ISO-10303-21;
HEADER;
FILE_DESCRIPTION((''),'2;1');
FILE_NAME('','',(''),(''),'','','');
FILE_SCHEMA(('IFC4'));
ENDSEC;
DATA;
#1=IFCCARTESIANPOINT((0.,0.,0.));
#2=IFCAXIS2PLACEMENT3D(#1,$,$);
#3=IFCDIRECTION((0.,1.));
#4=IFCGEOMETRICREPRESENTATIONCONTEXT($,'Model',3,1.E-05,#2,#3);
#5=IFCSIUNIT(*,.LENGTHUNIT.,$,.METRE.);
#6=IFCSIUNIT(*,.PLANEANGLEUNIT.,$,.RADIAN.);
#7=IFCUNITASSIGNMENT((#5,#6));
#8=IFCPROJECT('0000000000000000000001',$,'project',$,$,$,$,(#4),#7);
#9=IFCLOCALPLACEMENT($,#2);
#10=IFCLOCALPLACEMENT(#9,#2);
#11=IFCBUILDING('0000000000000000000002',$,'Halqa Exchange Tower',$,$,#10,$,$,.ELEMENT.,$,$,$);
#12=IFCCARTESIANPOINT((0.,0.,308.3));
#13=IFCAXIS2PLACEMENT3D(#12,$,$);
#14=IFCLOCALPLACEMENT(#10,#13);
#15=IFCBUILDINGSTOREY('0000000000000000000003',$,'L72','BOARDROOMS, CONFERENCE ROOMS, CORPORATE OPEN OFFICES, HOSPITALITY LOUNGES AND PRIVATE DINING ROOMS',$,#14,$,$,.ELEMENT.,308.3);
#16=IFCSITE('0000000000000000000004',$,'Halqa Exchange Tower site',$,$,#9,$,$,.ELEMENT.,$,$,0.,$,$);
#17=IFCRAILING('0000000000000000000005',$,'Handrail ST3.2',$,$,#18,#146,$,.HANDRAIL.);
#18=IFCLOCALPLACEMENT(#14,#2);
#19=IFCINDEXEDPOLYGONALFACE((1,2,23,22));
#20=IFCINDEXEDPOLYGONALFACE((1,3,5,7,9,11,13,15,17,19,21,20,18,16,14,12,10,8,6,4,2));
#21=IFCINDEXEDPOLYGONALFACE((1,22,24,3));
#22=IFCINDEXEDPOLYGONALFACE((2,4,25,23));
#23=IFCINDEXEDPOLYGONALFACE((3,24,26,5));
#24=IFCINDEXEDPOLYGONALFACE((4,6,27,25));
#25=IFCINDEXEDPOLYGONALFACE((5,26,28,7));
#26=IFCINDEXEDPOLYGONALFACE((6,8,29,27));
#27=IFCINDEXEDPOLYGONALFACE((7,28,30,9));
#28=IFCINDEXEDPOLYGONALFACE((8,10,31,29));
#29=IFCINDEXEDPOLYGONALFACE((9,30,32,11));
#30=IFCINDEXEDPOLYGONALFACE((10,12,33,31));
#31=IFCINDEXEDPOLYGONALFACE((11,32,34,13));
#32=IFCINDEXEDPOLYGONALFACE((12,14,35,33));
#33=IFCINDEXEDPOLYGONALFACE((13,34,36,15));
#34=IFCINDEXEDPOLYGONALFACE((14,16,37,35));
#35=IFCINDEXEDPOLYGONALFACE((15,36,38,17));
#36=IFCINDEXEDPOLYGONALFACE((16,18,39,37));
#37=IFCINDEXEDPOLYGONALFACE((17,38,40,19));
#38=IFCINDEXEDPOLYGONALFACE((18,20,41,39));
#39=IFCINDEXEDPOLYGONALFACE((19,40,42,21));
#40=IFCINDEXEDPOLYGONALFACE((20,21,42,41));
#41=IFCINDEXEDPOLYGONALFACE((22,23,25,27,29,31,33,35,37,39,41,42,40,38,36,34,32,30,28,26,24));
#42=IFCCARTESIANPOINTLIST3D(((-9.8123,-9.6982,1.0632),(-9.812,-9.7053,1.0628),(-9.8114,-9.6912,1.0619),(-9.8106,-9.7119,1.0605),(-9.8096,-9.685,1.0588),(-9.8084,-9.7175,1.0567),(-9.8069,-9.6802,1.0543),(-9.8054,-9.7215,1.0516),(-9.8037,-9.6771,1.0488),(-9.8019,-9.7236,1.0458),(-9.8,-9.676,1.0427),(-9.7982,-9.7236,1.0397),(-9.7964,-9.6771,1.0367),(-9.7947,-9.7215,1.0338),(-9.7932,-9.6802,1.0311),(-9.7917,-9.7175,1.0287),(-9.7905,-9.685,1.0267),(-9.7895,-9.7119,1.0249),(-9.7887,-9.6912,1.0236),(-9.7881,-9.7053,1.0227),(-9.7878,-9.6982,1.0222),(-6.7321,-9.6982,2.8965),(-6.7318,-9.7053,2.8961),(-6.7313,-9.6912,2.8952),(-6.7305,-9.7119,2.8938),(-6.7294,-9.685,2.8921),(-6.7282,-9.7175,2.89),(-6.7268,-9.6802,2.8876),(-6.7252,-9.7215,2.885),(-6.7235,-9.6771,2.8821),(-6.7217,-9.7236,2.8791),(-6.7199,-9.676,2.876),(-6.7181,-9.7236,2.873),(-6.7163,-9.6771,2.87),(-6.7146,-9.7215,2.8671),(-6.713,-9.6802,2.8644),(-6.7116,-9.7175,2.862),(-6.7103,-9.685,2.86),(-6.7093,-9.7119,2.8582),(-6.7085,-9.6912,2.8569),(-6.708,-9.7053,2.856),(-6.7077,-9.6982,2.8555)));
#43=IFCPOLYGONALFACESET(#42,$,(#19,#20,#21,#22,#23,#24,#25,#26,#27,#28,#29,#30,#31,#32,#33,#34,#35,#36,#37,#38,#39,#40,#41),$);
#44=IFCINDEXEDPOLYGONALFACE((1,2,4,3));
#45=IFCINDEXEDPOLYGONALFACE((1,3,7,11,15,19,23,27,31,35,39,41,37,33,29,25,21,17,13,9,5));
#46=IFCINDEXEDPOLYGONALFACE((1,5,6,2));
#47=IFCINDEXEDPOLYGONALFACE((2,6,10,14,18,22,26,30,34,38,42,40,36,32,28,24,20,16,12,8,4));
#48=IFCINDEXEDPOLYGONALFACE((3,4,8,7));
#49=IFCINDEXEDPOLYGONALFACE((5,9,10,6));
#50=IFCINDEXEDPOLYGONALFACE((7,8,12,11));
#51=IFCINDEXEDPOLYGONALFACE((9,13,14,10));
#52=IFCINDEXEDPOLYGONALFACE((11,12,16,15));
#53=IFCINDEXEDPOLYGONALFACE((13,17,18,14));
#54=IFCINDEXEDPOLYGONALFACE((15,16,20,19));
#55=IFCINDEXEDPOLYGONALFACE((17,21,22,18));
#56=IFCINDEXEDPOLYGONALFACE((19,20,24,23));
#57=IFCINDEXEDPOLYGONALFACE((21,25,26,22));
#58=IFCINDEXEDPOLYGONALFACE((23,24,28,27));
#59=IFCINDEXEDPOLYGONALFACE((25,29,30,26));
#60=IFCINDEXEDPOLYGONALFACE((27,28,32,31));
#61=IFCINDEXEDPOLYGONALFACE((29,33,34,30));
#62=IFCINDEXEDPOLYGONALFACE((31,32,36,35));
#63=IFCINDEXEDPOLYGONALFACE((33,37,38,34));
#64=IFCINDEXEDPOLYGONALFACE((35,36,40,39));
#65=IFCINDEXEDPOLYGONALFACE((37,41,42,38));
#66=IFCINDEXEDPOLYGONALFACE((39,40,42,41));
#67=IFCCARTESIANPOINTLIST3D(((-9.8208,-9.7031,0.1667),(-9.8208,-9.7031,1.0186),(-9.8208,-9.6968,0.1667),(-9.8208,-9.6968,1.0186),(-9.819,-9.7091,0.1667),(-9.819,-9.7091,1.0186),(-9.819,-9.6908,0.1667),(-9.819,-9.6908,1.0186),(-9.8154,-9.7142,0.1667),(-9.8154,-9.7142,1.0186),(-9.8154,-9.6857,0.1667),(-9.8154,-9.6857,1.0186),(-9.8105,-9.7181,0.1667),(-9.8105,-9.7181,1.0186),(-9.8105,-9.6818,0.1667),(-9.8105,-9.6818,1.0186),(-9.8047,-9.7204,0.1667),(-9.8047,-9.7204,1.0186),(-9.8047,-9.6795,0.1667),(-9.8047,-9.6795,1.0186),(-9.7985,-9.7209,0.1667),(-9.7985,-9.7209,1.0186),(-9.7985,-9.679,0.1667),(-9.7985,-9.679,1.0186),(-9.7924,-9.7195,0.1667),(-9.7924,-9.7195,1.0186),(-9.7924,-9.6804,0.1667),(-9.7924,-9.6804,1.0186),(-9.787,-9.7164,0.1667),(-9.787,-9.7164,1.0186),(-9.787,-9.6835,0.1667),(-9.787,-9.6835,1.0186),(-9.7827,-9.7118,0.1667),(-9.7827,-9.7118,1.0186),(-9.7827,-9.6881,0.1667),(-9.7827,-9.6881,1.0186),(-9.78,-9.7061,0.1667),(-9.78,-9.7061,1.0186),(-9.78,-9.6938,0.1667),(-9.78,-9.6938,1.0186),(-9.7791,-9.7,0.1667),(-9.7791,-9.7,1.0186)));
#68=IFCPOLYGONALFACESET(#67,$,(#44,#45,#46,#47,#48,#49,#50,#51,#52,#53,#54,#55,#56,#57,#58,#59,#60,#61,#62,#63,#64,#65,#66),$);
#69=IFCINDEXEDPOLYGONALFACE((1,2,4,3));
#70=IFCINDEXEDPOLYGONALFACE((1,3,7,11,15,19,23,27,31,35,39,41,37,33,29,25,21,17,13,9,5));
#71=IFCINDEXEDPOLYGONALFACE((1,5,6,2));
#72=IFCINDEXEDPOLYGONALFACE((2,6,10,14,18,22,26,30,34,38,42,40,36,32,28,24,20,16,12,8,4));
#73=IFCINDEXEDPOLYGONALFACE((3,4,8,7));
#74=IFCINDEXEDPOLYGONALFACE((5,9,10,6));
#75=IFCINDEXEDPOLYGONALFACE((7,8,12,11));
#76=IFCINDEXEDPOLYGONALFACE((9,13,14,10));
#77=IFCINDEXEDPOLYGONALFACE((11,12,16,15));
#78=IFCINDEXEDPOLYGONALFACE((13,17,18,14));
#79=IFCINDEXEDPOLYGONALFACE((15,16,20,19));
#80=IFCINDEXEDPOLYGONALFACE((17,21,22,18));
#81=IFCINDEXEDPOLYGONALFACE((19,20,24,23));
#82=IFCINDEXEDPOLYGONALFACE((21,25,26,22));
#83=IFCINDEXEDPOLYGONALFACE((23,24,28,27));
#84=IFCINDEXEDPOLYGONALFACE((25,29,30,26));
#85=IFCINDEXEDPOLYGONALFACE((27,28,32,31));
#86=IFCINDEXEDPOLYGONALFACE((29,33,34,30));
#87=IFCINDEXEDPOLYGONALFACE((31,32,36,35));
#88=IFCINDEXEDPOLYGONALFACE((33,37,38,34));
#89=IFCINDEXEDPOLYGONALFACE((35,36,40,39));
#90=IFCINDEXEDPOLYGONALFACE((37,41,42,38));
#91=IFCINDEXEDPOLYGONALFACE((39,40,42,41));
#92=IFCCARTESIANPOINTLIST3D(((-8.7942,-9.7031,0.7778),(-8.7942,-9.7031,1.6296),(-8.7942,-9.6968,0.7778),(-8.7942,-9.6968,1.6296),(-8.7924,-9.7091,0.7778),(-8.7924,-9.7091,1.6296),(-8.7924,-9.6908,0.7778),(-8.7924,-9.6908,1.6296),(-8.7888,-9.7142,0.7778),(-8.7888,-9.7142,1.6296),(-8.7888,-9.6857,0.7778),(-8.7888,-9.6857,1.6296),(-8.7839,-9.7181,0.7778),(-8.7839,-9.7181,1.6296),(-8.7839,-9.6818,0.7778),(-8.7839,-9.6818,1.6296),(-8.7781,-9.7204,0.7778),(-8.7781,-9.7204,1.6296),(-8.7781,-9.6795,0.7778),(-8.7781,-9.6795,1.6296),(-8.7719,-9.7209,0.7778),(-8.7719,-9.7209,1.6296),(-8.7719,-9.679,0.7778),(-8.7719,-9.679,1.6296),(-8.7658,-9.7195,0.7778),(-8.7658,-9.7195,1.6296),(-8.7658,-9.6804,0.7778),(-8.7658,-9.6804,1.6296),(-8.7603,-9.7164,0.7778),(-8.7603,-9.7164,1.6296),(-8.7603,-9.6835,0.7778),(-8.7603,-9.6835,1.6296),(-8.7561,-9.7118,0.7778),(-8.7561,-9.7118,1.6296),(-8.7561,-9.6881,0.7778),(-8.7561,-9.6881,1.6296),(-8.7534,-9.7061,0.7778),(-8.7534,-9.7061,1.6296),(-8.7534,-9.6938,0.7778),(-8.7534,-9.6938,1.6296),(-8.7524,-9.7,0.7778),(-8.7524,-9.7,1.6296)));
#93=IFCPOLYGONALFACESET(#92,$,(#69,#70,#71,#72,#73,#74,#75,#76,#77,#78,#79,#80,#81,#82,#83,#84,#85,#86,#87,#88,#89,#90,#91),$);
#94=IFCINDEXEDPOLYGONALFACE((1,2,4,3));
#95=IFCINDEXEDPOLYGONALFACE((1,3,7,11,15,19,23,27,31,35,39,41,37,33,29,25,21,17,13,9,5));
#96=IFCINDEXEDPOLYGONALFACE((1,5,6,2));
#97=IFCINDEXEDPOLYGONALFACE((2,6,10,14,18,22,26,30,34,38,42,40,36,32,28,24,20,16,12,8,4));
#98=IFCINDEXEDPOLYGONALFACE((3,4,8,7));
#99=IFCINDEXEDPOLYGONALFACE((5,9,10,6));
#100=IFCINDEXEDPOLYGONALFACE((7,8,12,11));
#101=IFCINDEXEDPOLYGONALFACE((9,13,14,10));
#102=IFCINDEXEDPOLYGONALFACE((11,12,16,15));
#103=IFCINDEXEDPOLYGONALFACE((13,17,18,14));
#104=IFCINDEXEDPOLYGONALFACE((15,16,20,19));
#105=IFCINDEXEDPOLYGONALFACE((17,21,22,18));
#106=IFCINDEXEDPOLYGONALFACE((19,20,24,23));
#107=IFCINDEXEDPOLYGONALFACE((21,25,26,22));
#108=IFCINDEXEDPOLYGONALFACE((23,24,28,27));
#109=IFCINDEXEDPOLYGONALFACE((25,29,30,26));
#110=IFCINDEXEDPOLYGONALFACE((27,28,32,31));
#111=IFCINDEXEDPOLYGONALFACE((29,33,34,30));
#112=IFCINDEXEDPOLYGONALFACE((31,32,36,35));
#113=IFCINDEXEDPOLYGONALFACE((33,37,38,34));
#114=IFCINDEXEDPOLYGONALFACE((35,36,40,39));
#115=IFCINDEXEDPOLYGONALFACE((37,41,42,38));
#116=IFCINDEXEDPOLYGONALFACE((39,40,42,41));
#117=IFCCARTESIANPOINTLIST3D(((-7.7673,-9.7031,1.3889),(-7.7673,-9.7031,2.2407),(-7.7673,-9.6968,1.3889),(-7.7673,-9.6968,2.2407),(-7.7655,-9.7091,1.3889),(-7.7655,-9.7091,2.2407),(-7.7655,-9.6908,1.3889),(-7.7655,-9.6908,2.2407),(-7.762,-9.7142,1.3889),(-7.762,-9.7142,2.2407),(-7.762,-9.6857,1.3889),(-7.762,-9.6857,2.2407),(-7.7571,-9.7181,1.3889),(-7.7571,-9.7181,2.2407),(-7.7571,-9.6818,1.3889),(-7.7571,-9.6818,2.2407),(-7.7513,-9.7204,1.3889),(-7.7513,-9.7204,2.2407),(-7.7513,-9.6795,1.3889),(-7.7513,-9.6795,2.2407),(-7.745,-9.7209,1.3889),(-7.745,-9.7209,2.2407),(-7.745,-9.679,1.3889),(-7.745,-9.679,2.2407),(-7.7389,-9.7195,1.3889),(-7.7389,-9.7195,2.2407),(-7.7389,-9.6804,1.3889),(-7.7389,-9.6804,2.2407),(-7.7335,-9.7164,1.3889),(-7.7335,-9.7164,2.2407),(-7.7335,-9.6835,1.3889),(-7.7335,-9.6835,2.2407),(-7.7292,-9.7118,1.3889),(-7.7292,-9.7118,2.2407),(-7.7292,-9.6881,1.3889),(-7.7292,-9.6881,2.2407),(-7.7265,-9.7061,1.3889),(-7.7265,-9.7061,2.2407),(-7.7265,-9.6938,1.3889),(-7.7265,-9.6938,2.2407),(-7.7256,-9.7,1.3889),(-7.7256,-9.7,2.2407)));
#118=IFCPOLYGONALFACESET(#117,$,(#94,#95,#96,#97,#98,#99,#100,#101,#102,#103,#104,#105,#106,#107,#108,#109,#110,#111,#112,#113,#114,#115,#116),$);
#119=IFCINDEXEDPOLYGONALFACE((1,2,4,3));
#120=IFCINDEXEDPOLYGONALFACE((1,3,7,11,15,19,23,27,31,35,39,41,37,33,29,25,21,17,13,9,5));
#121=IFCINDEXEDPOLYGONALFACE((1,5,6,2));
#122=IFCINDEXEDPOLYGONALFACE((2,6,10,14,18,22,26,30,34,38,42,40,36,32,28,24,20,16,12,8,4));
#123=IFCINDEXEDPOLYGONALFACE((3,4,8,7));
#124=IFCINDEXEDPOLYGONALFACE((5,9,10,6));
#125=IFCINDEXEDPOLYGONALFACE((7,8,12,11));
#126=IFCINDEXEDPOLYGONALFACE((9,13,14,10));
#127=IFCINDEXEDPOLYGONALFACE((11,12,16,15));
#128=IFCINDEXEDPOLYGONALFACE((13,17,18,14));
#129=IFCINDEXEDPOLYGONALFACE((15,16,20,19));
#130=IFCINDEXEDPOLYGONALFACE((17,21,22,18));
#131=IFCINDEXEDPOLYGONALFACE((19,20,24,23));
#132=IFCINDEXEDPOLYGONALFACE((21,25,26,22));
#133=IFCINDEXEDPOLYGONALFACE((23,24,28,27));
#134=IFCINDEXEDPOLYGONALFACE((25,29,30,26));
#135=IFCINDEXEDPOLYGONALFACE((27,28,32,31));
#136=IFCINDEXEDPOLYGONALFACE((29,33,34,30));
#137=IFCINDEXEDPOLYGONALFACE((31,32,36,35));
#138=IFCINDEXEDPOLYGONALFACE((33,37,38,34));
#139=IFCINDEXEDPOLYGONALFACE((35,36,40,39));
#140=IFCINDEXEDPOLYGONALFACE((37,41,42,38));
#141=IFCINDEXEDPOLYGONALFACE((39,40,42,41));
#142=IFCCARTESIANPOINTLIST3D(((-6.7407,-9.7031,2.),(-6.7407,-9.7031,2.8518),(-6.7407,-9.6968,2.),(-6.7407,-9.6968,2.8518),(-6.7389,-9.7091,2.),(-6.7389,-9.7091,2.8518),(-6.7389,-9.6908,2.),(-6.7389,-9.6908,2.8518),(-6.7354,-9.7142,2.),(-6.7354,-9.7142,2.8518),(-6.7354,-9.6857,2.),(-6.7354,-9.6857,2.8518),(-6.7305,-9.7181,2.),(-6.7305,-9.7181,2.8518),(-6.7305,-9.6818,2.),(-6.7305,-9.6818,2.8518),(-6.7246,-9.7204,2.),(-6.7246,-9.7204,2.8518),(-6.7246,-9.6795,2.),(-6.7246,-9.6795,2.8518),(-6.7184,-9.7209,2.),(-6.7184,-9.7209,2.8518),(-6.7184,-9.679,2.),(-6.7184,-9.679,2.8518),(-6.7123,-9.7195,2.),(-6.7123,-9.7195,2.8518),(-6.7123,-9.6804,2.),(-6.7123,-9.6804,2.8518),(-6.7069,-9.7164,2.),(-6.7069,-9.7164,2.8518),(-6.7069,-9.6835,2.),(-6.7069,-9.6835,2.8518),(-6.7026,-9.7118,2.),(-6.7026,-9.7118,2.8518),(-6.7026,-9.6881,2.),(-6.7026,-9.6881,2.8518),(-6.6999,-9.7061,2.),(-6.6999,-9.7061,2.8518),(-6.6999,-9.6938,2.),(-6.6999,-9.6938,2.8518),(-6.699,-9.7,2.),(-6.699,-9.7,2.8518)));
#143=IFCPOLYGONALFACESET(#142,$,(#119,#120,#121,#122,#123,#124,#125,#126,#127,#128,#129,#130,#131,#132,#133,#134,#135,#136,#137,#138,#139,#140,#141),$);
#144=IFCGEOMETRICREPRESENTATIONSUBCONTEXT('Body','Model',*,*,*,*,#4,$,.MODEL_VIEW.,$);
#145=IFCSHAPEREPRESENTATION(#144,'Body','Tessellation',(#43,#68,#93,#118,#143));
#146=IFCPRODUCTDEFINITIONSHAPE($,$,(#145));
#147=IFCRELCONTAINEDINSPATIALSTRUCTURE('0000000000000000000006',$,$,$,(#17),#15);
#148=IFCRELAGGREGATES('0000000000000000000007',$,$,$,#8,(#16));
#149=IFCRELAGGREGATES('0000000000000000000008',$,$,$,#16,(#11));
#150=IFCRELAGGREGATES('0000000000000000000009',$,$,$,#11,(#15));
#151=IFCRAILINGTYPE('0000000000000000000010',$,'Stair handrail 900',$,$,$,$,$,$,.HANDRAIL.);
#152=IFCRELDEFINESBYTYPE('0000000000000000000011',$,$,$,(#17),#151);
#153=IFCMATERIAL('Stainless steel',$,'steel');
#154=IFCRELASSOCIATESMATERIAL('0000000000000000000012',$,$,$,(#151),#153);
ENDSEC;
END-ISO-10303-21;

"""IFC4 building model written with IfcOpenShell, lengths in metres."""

from ifc_helpers import new_model, si_unit, direction, frame, origin, origin_2d, place, context, subcontext, project, spatial, circle, extrude, material, type_object, element, save


model = new_model("IFC4")

# Units and contexts
model_context = context("Model", 3, precision=1e-05, world=origin(), true_north=direction((0.0, 1.0)))
body_context = subcontext(model_context, "Body", "Model", "MODEL_VIEW")
ifc_project = project(units=[si_unit("LENGTHUNIT", "METRE"), si_unit("PLANEANGLEUNIT", "RADIAN")], contexts=[model_context])

# Site, building, storey
site_placement = place(None, origin())
site = spatial("IfcSite", under=ifc_project, at=site_placement, Name="Halqa Exchange Tower site", CompositionType="ELEMENT", RefElevation=0.0)
building_placement = place(site_placement, origin())
building = spatial("IfcBuilding", under=site, at=building_placement, Name="Halqa Exchange Tower", CompositionType="ELEMENT")
storey_placement = place(building_placement, frame((0.0, 0.0, 308.3)))
storey = spatial("IfcBuildingStorey", under=building, at=storey_placement, Name="L72", Description="BOARDROOMS, CONFERENCE ROOMS, CORPORATE OPEN OFFICES, HOSPITALITY LOUNGES AND PRIVATE DINING ROOMS", CompositionType="ELEMENT", Elevation=308.3)

# Shared definitions
ifc_material_1 = material(Name="Stainless steel", Category="steel")

# Railing
railing_type_1 = type_object("IfcRailingType", Name="Stair handrail 900", PredefinedType="HANDRAIL", material=ifc_material_1)
railing_1_placement = place(storey_placement, frame((-9.8, -9.7, 0.1667)))
element("IfcRailing", 1, at=railing_1_placement, inside=storey, type_object=railing_type_1, Name="Handrail ST3.2", PredefinedType="HANDRAIL", context=body_context, shape_type="SweptSolid", body=[
    extrude(circle(Radius=0.0239, at=origin_2d()), frame((0.0, 0.0, 0.876), z_axis=(0.859309, 0.0, 0.511458), x_axis=(0.0, 1.0, 0.0)), (0.0, 0.0, 1.0), 3.5845),
    extrude(circle(Radius=0.021, at=origin_2d()), origin(), (0.0, 0.0, 1.0), 0.8518),
    extrude(circle(Radius=0.021, at=origin_2d()), frame((1.0266, 0.0, 0.6111)), (0.0, 0.0, 1.0), 0.8518),
    extrude(circle(Radius=0.021, at=origin_2d()), frame((2.0535, 0.0, 1.2222)), (0.0, 0.0, 1.0), 0.8518),
    extrude(circle(Radius=0.021, at=origin_2d()), frame((3.0801, 0.0, 1.8333)), (0.0, 0.0, 1.0), 0.8518),
])

save(model, "model.ifc")
